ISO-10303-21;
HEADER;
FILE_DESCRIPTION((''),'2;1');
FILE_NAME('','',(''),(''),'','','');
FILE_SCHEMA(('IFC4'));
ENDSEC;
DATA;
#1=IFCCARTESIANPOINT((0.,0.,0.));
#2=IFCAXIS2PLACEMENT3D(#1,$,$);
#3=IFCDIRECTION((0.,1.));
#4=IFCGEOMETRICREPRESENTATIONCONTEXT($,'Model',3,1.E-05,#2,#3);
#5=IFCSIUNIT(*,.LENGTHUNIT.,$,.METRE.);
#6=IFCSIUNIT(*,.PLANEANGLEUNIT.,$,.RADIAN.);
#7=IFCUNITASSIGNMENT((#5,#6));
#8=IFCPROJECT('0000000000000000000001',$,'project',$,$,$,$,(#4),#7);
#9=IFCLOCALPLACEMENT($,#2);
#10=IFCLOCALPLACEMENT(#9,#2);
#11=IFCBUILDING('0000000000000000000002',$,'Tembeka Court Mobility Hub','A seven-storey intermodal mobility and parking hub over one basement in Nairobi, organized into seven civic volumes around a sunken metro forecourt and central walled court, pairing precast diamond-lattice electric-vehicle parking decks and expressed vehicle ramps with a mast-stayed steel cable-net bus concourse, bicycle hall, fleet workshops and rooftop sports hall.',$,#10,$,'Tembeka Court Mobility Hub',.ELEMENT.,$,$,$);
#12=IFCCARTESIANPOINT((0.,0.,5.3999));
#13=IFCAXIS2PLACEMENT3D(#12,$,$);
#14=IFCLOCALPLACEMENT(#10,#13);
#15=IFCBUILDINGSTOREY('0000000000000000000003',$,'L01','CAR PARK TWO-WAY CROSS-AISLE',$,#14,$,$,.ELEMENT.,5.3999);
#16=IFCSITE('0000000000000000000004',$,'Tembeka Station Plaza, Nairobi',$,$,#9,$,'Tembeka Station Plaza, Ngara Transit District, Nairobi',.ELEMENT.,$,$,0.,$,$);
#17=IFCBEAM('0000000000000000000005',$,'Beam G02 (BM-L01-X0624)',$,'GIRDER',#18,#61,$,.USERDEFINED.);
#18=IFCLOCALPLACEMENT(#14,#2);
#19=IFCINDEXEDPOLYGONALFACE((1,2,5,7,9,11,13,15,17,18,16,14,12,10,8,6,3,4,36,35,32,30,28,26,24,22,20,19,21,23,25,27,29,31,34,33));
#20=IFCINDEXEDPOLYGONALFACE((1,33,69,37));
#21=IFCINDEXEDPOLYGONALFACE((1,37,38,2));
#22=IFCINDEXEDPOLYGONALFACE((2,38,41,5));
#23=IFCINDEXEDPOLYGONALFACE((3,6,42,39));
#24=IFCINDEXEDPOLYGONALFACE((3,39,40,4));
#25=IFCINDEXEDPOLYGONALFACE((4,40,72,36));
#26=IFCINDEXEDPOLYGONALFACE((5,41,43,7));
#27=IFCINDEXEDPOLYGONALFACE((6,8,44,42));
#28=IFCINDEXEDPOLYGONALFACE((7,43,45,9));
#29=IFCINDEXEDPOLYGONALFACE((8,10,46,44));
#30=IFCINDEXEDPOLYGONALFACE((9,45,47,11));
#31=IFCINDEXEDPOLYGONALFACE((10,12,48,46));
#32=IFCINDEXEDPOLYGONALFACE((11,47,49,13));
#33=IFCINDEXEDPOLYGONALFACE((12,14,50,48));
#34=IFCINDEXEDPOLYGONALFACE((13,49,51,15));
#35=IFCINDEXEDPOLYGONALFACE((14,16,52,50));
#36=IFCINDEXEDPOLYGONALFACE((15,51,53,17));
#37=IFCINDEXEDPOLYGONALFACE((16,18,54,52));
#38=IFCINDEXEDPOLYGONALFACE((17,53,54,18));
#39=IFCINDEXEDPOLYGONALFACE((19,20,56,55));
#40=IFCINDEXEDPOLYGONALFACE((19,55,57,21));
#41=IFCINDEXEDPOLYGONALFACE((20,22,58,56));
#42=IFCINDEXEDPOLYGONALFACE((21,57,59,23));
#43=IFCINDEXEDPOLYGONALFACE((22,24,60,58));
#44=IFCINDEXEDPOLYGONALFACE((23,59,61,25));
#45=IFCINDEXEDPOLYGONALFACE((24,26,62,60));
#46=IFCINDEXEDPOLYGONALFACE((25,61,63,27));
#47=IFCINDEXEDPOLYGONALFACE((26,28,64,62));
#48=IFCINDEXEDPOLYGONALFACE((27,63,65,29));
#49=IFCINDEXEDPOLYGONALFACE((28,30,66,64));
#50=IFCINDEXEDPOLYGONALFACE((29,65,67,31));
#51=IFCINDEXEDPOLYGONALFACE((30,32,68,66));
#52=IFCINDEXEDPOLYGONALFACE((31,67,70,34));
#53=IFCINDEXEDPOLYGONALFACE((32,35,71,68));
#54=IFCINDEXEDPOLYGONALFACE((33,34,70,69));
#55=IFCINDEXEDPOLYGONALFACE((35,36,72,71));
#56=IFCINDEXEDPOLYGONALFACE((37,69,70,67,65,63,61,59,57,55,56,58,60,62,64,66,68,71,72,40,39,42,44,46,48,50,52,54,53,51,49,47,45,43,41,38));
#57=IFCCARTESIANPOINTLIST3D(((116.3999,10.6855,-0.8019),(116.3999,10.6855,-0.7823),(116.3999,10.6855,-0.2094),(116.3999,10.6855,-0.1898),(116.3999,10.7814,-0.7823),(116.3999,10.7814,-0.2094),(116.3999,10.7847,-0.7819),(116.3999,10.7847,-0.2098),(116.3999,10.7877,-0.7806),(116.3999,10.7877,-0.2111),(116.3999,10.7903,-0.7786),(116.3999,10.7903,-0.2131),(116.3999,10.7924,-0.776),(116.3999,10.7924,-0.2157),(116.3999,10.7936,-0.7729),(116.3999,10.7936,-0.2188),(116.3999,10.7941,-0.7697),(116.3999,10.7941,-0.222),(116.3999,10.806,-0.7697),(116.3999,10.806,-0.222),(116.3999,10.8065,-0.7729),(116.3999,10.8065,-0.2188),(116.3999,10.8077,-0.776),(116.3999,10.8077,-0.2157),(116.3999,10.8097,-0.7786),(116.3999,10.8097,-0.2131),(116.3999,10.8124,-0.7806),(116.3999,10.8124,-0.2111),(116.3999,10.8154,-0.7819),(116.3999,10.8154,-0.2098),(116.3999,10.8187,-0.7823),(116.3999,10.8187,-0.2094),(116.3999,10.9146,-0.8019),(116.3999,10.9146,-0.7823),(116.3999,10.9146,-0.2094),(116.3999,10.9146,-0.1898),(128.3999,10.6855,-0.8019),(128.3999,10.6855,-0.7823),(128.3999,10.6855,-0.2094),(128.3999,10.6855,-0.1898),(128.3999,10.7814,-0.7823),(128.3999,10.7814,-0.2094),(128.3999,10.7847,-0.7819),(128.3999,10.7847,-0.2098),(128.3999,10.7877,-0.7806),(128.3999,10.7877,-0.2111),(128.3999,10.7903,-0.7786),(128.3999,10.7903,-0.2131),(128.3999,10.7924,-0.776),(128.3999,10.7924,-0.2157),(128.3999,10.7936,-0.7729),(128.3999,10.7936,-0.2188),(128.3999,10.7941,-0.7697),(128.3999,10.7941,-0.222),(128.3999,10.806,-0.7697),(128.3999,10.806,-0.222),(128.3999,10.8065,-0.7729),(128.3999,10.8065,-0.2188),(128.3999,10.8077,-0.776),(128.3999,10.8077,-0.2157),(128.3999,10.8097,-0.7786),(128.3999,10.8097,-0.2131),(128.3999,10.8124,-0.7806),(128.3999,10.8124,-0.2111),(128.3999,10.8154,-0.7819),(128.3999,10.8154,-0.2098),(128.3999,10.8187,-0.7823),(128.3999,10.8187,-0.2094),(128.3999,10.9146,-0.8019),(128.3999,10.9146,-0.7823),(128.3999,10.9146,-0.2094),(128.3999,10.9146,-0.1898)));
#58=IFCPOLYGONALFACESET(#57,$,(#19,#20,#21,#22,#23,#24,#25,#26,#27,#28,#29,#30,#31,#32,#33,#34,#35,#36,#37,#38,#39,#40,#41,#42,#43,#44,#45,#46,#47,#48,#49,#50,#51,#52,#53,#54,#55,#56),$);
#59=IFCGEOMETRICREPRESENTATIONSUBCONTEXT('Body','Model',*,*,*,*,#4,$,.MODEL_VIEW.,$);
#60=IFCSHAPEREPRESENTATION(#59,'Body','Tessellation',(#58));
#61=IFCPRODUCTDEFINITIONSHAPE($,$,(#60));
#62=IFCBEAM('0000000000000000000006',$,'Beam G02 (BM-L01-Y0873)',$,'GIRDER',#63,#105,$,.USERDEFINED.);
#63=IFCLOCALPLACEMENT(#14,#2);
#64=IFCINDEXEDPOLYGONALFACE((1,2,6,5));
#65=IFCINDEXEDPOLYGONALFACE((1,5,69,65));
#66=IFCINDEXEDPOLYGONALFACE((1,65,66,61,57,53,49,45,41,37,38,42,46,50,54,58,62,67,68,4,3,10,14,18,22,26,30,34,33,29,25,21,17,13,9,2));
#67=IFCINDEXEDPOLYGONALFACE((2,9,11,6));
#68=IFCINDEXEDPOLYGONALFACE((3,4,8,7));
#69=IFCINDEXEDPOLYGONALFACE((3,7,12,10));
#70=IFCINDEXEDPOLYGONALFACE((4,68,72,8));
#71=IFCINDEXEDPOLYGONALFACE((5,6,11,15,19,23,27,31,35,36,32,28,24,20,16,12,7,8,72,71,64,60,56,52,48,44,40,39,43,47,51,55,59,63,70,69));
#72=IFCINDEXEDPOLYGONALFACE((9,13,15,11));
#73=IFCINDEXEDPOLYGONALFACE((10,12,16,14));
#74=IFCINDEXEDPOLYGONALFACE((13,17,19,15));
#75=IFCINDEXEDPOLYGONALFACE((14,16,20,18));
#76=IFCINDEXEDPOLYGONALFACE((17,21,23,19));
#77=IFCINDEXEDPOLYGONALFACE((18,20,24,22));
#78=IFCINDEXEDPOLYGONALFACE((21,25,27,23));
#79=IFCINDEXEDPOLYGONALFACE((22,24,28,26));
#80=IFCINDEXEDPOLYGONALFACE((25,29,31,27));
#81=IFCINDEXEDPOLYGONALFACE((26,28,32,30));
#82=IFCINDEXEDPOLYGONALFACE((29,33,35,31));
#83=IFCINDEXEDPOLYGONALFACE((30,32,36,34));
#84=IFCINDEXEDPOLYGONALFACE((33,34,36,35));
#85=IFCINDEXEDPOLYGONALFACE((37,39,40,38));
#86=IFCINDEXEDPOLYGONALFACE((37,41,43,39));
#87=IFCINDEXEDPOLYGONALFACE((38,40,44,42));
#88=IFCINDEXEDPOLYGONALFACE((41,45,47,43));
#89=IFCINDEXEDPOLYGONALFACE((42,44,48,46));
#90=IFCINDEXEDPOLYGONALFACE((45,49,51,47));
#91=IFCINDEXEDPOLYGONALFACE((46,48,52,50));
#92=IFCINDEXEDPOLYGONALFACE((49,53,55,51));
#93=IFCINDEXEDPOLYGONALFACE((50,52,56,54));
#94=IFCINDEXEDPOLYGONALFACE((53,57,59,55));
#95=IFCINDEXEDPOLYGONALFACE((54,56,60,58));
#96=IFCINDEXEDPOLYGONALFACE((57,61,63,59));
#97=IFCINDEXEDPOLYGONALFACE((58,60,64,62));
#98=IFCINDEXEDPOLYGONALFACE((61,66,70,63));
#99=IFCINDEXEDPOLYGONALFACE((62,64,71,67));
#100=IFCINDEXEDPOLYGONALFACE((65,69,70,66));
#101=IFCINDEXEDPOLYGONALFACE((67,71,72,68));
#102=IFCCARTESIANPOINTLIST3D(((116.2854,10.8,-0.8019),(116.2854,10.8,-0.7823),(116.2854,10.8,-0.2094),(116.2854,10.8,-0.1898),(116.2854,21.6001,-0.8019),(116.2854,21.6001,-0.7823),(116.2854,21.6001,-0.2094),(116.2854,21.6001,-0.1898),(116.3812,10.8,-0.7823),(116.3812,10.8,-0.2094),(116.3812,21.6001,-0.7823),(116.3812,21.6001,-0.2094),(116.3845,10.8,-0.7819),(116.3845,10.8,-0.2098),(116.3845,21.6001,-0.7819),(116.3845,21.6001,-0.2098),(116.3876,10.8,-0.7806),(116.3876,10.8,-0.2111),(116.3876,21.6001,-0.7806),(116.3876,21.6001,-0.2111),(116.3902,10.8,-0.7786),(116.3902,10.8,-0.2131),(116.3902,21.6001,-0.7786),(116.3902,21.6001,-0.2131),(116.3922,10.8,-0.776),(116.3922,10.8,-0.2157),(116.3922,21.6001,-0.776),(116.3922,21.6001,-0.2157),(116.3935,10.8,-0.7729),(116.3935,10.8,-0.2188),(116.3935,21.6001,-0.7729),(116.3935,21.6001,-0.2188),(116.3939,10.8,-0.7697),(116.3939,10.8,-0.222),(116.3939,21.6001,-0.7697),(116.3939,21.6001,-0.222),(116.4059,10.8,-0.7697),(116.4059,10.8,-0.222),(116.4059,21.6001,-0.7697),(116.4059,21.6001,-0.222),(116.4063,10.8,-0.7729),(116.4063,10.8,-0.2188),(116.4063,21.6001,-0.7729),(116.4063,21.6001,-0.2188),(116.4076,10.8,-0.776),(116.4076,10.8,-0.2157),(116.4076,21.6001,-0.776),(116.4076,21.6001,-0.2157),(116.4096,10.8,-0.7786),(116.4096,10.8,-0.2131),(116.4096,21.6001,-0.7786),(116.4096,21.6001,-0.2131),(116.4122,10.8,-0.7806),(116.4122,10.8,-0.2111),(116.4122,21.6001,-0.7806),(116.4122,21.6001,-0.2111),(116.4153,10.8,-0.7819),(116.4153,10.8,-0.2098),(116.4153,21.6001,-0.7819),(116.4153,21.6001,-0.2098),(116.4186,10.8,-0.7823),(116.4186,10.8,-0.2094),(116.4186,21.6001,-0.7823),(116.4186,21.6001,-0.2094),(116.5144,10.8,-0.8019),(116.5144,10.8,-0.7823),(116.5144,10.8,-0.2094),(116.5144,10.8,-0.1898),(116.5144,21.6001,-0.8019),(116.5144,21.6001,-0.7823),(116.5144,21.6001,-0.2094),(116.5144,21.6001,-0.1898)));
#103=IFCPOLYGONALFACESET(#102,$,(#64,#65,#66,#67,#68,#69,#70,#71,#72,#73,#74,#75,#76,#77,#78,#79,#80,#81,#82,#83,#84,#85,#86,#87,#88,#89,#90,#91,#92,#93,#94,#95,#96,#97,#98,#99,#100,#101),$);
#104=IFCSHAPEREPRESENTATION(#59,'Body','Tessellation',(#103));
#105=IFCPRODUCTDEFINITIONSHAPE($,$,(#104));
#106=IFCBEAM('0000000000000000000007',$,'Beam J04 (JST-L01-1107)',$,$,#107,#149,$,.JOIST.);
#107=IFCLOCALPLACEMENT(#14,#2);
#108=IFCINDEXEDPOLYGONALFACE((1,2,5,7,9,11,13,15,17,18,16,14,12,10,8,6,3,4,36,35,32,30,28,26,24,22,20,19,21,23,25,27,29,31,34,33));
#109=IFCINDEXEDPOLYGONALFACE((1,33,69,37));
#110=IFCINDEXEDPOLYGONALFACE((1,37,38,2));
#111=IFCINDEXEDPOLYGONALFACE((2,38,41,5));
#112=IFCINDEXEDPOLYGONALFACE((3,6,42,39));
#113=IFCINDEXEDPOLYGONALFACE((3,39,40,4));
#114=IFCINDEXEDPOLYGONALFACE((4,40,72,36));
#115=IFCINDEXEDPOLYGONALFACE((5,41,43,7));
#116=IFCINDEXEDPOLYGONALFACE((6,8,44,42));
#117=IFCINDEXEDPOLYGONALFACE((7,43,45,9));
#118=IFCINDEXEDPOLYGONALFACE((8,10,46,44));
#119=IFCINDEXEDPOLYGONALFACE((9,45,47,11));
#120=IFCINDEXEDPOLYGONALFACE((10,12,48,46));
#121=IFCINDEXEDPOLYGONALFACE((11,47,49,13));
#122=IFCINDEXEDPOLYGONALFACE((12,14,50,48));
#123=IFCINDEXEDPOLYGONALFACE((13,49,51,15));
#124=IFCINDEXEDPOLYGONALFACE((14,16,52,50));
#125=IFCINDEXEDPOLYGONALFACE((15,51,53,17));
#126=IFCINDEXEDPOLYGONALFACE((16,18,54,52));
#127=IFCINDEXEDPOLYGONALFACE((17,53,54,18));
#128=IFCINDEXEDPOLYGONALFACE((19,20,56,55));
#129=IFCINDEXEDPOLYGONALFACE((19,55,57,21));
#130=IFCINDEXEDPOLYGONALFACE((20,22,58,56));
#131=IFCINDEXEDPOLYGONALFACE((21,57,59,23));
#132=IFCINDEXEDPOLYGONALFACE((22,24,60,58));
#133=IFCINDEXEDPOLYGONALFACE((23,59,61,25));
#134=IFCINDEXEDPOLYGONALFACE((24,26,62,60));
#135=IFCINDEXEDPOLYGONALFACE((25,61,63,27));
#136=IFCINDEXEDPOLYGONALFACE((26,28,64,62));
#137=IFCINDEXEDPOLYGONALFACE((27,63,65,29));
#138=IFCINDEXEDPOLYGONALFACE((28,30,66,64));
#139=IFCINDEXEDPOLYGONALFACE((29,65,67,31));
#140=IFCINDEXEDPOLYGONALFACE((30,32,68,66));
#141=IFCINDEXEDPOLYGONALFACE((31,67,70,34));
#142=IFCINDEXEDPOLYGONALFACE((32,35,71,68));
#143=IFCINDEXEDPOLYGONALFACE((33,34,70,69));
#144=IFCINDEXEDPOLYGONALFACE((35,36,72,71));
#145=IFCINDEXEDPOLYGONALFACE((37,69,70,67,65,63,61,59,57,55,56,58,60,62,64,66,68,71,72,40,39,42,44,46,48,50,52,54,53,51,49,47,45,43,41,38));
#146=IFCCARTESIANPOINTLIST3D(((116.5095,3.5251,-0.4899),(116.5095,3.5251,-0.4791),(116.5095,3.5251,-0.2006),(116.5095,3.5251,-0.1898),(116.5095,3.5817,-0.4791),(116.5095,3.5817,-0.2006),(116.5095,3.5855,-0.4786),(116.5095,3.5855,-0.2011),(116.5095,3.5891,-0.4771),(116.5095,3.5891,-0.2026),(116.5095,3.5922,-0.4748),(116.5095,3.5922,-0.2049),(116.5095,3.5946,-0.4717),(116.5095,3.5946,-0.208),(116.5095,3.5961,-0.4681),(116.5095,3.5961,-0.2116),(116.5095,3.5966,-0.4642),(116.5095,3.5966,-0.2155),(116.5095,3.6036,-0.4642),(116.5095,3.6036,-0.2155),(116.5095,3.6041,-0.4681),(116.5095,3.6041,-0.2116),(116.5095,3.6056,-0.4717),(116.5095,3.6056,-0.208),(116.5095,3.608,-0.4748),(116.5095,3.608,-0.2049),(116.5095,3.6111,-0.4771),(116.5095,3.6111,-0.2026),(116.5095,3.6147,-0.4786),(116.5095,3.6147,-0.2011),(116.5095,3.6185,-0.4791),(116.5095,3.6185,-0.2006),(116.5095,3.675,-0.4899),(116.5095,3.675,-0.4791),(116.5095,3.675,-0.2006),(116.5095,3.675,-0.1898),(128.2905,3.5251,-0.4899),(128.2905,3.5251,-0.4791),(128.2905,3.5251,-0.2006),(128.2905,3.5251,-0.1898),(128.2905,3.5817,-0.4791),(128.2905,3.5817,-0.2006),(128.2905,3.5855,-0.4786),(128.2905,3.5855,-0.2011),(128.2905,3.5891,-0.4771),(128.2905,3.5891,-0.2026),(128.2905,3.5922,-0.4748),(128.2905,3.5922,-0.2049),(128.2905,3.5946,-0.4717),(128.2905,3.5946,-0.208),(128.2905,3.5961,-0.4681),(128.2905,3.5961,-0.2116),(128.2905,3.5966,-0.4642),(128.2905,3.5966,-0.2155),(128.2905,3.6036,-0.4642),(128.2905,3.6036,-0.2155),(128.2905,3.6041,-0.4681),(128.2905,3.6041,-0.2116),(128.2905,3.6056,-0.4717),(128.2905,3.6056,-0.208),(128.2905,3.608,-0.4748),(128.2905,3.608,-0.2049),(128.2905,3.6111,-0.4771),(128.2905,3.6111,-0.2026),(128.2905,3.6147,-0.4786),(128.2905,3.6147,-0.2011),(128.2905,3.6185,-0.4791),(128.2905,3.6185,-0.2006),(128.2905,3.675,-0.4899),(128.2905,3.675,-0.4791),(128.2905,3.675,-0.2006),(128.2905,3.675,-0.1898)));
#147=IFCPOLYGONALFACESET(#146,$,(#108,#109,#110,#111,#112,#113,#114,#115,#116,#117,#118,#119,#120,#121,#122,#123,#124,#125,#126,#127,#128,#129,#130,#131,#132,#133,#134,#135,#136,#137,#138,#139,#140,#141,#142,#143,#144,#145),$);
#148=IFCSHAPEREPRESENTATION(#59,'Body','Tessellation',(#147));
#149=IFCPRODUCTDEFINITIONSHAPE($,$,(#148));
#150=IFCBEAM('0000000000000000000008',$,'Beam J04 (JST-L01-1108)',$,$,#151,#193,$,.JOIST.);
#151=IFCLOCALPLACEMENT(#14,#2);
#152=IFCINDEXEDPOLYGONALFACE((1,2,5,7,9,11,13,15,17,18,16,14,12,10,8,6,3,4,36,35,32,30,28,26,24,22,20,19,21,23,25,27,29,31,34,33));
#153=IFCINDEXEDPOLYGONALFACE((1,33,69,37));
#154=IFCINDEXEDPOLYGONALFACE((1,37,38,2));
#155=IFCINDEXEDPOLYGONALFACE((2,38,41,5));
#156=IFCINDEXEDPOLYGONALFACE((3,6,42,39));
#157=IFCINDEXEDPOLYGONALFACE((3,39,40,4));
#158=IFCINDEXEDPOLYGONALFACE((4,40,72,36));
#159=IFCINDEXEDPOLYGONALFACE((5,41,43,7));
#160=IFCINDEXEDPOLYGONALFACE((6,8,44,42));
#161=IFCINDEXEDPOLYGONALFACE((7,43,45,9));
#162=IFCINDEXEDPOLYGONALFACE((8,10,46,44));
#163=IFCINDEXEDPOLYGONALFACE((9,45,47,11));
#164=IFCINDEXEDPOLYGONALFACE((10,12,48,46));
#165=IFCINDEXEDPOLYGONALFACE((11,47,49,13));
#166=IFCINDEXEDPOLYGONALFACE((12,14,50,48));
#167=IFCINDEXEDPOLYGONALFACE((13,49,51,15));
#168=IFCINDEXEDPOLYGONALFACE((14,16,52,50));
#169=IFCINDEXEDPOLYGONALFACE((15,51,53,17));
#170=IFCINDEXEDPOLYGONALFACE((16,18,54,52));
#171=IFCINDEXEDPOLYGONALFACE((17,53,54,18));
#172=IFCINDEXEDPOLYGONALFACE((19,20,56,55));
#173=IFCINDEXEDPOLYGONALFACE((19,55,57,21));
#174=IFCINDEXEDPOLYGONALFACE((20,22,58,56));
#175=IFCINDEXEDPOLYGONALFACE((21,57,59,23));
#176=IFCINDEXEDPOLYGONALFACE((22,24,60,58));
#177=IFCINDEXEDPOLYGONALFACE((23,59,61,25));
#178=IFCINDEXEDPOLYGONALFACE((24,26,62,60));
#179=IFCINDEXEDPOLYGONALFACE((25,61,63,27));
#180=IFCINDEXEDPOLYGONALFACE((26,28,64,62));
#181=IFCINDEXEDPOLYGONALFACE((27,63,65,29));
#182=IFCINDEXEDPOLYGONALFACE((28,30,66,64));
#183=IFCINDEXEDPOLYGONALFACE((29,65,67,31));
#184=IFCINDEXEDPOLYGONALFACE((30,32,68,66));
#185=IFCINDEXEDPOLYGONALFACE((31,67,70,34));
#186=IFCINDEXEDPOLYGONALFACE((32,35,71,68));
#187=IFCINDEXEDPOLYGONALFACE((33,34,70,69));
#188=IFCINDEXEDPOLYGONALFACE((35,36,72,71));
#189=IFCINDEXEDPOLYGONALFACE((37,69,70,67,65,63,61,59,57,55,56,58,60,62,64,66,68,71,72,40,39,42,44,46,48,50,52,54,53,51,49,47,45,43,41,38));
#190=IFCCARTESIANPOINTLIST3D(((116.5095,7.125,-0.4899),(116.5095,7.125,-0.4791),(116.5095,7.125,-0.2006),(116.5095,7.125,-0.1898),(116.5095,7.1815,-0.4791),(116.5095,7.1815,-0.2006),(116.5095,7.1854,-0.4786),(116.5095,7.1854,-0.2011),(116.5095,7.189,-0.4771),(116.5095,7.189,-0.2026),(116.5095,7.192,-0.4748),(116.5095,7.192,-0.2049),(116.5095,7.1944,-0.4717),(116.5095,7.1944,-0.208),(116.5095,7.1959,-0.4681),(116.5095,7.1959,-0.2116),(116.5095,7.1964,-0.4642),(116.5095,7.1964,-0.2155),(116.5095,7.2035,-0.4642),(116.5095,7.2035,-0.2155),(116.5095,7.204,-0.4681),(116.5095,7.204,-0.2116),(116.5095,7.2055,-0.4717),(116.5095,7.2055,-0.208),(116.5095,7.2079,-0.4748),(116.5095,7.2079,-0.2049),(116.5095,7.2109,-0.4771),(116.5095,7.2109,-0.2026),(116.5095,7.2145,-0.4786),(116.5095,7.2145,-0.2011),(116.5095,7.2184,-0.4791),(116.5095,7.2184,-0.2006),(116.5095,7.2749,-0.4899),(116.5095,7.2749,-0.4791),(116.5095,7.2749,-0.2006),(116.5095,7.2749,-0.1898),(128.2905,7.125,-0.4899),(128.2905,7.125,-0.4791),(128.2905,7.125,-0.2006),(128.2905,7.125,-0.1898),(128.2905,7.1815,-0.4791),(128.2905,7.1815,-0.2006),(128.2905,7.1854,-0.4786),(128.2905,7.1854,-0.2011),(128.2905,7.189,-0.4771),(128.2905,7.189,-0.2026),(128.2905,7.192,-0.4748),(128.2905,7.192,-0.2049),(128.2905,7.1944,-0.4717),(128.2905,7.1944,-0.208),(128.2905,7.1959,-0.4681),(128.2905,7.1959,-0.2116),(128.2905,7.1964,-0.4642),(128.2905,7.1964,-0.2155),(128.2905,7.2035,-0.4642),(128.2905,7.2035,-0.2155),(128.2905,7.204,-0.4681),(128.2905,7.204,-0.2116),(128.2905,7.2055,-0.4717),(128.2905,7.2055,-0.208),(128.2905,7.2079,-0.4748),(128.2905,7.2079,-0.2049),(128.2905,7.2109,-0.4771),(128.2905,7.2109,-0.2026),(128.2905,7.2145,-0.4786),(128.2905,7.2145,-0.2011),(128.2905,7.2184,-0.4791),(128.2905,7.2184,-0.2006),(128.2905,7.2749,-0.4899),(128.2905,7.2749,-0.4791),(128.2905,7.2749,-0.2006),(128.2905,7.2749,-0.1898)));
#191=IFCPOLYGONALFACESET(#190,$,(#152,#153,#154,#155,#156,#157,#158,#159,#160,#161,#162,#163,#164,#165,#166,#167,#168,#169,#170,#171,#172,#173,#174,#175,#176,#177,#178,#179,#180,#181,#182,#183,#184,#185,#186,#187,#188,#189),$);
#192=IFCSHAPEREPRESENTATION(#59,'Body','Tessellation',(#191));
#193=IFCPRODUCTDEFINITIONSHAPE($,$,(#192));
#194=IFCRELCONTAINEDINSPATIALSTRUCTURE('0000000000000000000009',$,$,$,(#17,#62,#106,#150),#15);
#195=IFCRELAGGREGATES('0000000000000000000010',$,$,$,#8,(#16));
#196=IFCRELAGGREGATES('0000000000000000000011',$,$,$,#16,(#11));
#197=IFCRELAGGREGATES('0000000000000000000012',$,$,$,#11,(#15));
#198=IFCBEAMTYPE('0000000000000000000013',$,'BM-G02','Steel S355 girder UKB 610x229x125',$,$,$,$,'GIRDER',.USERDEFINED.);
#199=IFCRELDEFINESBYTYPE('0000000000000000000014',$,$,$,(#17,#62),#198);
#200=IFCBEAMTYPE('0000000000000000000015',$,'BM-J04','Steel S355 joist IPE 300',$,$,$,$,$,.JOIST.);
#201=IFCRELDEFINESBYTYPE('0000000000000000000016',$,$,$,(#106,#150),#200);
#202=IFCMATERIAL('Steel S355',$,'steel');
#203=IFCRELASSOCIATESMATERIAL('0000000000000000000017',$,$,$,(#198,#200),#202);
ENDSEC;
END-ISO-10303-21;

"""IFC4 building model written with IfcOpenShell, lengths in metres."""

from ifc_helpers import new_model, si_unit, direction, frame, origin, origin_2d, place, context, subcontext, project, spatial, i_section, extrude, material, material_profile, profile_set, type_object, element, save


model = new_model("IFC4")

# Units and contexts
model_context = context("Model", 3, precision=1e-05, world=origin(), true_north=direction((0.0, 1.0)))
body_context = subcontext(model_context, "Body", "Model", "MODEL_VIEW")
ifc_project = project(units=[si_unit("LENGTHUNIT", "METRE"), si_unit("PLANEANGLEUNIT", "RADIAN")], contexts=[model_context])

# Site, building, storey
site_placement = place(None, origin())
site = spatial("IfcSite", under=ifc_project, at=site_placement, Name="Tembeka Station Plaza, Nairobi", LongName="Tembeka Station Plaza, Ngara Transit District, Nairobi", CompositionType="ELEMENT", RefElevation=0.0)
building_placement = place(site_placement, origin())
building = spatial("IfcBuilding", under=site, at=building_placement, Name="Tembeka Court Mobility Hub", Description="A seven-storey intermodal mobility and parking hub over one basement in Nairobi, organized into seven civic volumes around a sunken metro forecourt and central walled court, pairing precast diamond-lattice electric-vehicle parking decks and expressed vehicle ramps with a mast-stayed steel cable-net bus concourse, bicycle hall, fleet workshops and rooftop sports hall.", LongName="Tembeka Court Mobility Hub", CompositionType="ELEMENT")
storey_placement = place(building_placement, frame((0.0, 0.0, 5.3999)))
storey = spatial("IfcBuildingStorey", under=building, at=storey_placement, Name="L01", Description="CAR PARK TWO-WAY CROSS-AISLE", CompositionType="ELEMENT", Elevation=5.3999)

# Beams
ifc_material_1 = material(Name="Steel S355", Category="steel")
ifc_material_profile_1 = material_profile(ifc_material_1, i_section(OverallWidth=0.229, OverallDepth=0.6121, WebThickness=0.012, FlangeThickness=0.0195, FilletRadius=0.0127, at=origin_2d()), Name="UKB 610x229x125")
ifc_profile_set_1 = profile_set([ifc_material_profile_1], Name="Steel S355")
beam_type_1 = type_object("IfcBeamType", Name="BM-G02", Description="Steel S355 girder UKB 610x229x125", ElementType="GIRDER", PredefinedType="USERDEFINED", material=ifc_profile_set_1)
beam_1_placement = place(storey_placement, frame((116.3999, 10.8, -0.4958), z_axis=(1.0, 0.0, 0.0), x_axis=(0.0, 1.0, 0.0)))
element("IfcBeam", 1, at=beam_1_placement, inside=storey, type_object=beam_type_1, Name="Beam G02 (BM-L01-X0624)", ObjectType="GIRDER", PredefinedType="USERDEFINED", context=body_context, shape_type="SweptSolid", body=[
    extrude(i_section(OverallWidth=0.229, OverallDepth=0.6121, WebThickness=0.012, FlangeThickness=0.0195, FilletRadius=0.0127, at=origin_2d()), origin(), (0.0, 0.0, 1.0), 12.0),
])
beam_2_placement = place(storey_placement, frame((116.3999, 10.8, -0.4958), z_axis=(0.0, 1.0, 0.0), x_axis=(-1.0, 0.0, 0.0)))
element("IfcBeam", 2, at=beam_2_placement, inside=storey, type_object=beam_type_1, Name="Beam G02 (BM-L01-Y0873)", ObjectType="GIRDER", PredefinedType="USERDEFINED", context=body_context, shape_type="SweptSolid", body=[
    extrude(i_section(OverallWidth=0.229, OverallDepth=0.6121, WebThickness=0.012, FlangeThickness=0.0195, FilletRadius=0.0127, at=origin_2d()), origin(), (0.0, 0.0, 1.0), 10.8),
])
ifc_material_profile_2 = material_profile(ifc_material_1, i_section(OverallWidth=0.1499, OverallDepth=0.3, WebThickness=0.0071, FlangeThickness=0.0107, FilletRadius=0.0149, at=origin_2d()), Name="IPE 300")
ifc_profile_set_2 = profile_set([ifc_material_profile_2], Name="Steel S355")
beam_type_2 = type_object("IfcBeamType", Name="BM-J04", Description="Steel S355 joist IPE 300", PredefinedType="JOIST", material=ifc_profile_set_2)
for number, where, z_axis, x_axis, name in (
    (3, (116.5095, 3.6001, -0.3398), (1.0, 0.0, 0.0), (0.0, 1.0, 0.0), "Beam J04 (JST-L01-1107)"),
    (4, (116.5095, 7.2, -0.3398), (1.0, 0.0, 0.0), (0.0, 1.0, 0.0), "Beam J04 (JST-L01-1108)"),
):
    element("IfcBeam", number, at=place(storey_placement, frame(where, z_axis=z_axis, x_axis=x_axis)), inside=storey, type_object=beam_type_2, Name=name, PredefinedType="JOIST", context=body_context, shape_type="SweptSolid", body=[
        extrude(i_section(OverallWidth=0.1499, OverallDepth=0.3, WebThickness=0.0071, FlangeThickness=0.0107, FilletRadius=0.0149, at=origin_2d()), origin(), (0.0, 0.0, 1.0), 11.781),
    ])

save(model, "model.ifc")
